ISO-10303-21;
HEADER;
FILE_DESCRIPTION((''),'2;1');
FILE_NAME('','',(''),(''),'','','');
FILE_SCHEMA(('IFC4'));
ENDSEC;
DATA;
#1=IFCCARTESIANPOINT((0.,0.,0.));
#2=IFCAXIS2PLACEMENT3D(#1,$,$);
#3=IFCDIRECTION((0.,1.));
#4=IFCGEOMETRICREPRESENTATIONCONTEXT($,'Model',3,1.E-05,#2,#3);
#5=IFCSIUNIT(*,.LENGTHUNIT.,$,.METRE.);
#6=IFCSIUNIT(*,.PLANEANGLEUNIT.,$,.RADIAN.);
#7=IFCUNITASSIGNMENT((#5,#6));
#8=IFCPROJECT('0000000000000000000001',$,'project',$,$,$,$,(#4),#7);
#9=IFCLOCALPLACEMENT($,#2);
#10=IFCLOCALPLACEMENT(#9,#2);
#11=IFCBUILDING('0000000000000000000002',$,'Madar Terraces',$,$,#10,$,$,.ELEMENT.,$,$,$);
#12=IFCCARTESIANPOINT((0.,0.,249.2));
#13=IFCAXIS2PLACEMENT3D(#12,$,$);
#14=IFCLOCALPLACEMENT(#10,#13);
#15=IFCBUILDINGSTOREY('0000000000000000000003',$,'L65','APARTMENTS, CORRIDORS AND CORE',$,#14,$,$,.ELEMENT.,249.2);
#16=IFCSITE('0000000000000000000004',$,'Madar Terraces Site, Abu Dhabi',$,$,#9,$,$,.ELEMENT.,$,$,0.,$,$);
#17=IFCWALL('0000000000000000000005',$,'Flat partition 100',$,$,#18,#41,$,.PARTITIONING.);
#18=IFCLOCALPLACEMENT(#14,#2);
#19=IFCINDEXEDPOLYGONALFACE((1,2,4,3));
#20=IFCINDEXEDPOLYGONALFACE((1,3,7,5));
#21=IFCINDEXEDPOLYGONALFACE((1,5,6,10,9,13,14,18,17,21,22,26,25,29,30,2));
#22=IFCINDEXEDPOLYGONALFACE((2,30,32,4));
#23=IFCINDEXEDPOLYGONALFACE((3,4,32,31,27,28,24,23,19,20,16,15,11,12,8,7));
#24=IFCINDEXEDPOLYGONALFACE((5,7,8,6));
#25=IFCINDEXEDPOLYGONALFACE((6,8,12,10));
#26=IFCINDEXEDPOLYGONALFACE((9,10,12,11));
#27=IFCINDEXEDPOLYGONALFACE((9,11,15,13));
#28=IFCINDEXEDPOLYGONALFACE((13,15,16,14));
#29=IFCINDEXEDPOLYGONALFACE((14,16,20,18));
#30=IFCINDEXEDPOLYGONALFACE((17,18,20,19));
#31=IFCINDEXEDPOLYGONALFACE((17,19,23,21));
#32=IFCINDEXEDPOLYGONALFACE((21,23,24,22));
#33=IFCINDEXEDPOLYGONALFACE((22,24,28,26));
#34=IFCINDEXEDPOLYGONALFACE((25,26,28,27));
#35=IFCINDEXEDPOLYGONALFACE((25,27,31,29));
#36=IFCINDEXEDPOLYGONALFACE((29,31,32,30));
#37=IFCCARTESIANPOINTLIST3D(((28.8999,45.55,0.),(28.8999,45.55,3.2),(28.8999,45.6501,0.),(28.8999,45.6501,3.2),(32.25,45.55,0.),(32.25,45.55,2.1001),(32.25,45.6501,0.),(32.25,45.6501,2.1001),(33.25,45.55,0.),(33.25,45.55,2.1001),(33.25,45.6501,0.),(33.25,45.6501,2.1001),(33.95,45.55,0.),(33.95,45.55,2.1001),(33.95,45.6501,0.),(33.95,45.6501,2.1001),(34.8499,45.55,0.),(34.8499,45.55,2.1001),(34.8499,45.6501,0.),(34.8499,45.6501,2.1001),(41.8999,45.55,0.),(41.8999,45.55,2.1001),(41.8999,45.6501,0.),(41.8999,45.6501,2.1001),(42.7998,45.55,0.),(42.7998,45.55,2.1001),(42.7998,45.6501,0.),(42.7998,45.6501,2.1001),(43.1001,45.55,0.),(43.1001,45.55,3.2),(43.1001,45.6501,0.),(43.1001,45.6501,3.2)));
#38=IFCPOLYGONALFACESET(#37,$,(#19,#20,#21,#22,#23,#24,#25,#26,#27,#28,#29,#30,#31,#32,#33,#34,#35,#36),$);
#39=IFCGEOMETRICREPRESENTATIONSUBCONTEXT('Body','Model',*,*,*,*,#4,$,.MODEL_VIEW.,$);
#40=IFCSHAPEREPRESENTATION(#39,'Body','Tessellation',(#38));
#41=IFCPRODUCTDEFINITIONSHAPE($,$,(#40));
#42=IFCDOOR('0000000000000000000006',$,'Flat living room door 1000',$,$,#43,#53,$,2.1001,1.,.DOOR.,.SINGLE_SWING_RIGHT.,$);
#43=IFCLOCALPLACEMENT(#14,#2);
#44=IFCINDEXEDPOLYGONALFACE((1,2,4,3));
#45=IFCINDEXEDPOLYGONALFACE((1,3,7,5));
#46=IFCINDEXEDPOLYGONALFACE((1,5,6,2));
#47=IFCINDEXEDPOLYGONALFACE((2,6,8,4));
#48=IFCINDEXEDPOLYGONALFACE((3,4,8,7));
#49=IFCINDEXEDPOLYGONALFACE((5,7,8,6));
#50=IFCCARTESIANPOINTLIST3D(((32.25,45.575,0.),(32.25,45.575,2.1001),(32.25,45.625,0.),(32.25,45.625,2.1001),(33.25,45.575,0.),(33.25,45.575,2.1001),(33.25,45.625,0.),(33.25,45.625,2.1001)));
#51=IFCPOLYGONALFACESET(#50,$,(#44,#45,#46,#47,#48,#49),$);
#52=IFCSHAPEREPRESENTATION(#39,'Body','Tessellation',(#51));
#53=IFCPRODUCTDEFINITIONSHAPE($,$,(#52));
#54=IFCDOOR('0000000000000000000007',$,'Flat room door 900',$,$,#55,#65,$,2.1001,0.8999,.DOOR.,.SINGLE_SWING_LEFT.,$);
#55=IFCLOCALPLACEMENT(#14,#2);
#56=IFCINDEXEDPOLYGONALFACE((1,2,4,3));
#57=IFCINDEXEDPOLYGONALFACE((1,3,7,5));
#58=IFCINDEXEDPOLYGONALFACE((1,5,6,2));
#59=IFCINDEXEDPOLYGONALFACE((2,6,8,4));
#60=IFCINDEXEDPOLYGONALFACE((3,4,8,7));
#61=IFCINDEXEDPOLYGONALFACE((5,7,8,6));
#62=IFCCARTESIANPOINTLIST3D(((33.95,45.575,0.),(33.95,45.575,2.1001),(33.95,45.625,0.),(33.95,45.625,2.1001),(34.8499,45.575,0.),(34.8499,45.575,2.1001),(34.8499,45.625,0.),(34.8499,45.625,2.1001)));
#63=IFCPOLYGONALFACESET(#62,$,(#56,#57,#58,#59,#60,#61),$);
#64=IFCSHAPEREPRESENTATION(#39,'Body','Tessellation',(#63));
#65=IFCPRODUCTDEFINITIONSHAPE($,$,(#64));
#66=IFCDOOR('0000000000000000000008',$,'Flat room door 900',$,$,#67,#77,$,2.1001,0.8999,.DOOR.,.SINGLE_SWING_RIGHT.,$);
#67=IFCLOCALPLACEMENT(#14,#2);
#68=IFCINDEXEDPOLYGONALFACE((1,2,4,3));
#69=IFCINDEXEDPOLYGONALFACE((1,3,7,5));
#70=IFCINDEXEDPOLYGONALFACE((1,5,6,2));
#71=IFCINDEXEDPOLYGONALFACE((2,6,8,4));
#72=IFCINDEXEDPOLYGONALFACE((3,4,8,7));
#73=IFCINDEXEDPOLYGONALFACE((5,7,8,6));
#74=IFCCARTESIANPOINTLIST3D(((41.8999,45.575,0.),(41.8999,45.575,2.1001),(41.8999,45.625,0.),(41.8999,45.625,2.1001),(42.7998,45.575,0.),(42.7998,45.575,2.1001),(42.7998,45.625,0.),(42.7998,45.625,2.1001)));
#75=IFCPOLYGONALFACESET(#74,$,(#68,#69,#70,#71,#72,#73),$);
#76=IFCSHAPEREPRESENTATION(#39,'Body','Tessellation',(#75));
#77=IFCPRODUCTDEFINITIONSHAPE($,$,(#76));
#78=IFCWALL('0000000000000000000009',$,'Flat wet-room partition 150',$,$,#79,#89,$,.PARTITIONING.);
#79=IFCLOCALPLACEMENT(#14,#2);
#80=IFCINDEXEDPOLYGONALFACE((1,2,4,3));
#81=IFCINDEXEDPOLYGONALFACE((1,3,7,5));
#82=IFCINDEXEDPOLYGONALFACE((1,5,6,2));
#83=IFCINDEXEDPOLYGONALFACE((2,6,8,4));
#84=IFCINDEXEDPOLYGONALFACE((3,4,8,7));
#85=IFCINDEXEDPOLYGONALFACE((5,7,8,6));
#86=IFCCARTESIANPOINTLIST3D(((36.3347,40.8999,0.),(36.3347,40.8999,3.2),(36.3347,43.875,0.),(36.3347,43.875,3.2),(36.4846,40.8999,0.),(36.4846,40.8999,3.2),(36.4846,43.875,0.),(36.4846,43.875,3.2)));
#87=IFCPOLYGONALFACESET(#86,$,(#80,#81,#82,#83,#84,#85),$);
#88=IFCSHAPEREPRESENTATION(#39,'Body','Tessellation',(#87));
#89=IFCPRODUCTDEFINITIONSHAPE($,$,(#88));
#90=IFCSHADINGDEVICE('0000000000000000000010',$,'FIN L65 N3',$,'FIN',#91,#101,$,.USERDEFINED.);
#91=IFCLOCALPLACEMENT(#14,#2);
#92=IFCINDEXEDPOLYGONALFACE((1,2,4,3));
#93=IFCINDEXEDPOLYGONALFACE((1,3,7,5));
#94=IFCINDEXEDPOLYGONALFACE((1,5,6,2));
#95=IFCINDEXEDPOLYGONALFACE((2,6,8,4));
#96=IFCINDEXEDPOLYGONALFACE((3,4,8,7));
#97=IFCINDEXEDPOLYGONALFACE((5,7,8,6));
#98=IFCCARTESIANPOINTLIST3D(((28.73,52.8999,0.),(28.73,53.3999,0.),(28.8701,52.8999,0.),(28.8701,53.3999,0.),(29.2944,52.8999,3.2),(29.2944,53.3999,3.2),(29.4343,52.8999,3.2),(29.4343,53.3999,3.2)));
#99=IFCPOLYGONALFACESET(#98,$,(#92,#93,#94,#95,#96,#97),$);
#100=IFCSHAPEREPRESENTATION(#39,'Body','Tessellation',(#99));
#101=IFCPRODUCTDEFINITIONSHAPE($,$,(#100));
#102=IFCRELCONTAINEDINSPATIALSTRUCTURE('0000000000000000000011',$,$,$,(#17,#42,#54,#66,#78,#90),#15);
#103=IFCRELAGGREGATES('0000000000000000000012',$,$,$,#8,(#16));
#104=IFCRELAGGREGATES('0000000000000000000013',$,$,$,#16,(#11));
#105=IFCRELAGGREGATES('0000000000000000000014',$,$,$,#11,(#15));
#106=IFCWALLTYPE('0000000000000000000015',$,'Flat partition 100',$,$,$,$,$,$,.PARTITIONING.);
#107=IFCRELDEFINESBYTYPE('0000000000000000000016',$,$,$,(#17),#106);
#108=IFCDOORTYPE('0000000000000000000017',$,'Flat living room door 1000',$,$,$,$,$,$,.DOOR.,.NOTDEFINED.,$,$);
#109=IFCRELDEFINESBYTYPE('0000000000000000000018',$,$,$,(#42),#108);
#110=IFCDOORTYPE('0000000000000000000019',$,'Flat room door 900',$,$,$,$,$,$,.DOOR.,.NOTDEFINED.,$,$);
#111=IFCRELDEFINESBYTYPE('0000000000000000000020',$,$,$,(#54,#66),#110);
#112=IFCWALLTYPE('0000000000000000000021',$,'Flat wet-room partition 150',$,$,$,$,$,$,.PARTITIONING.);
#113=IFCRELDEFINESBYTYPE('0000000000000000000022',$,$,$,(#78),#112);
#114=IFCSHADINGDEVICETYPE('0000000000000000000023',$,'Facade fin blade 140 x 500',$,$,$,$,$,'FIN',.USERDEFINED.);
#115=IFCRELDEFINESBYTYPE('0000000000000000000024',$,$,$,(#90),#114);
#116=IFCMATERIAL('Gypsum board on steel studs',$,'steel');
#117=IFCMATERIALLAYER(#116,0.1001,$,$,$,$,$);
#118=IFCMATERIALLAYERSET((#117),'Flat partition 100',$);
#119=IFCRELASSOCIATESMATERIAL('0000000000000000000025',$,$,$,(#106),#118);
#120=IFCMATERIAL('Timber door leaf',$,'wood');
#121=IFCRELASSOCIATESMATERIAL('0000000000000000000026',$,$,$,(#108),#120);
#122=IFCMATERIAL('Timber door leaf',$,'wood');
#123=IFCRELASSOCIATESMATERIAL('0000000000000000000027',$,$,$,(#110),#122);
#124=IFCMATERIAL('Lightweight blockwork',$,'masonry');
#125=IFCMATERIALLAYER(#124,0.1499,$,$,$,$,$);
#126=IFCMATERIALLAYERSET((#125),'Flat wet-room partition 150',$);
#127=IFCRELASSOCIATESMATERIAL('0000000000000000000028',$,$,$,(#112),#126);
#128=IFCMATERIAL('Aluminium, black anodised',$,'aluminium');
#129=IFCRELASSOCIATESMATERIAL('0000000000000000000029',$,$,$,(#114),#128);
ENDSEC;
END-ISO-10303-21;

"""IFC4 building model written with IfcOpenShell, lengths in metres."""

from ifc_helpers import new_model, si_unit, direction, frame, frame_2d, origin, place, context, subcontext, project, spatial, polyline, rectangle, outline, extrude, material, layer, layer_set, type_object, element, fill, save


model = new_model("IFC4")

# Units and contexts
model_context = context("Model", 3, precision=1e-05, world=origin(), true_north=direction((0.0, 1.0)))
body_context = subcontext(model_context, "Body", "Model", "MODEL_VIEW")
ifc_project = project(units=[si_unit("LENGTHUNIT", "METRE"), si_unit("PLANEANGLEUNIT", "RADIAN")], contexts=[model_context])

# Site, building, storey
site_placement = place(None, origin())
site = spatial("IfcSite", under=ifc_project, at=site_placement, Name="Madar Terraces Site, Abu Dhabi", CompositionType="ELEMENT", RefElevation=0.0)
building_placement = place(site_placement, origin())
building = spatial("IfcBuilding", under=site, at=building_placement, Name="Madar Terraces", CompositionType="ELEMENT")
storey_placement = place(building_placement, frame((0.0, 0.0, 249.2)))
storey = spatial("IfcBuildingStorey", under=building, at=storey_placement, Name="L65", Description="APARTMENTS, CORRIDORS AND CORE", CompositionType="ELEMENT", Elevation=249.2)

# Shared definitions
ifc_material_1 = material(Name="Gypsum board on steel studs", Category="steel")
ifc_layer_1 = layer(ifc_material_1, 0.1001)
ifc_layer_set_1 = layer_set([ifc_layer_1], Name="Flat partition 100")
wall_type_1 = type_object("IfcWallType", Name="Flat partition 100", PredefinedType="PARTITIONING", material=ifc_layer_set_1)

# Wall, openings, doors
wall_1_placement = place(storey_placement, frame((28.8999, 45.6001, 0.0), z_axis=(0.0, 0.0, 1.0), x_axis=(1.0, 0.0, 0.0)))
wall_1 = element("IfcWall", 1, at=wall_1_placement, inside=storey, type_object=wall_type_1, Name="Flat partition 100", PredefinedType="PARTITIONING", context=body_context, shape_type="SweptSolid", body=[
    extrude(rectangle(XDim=14.2002, YDim=0.1001, at=frame_2d((7.1001, 0.0))), origin(), (0.0, 0.0, 1.0), 3.2),
])
opening_1_placement = place(wall_1_placement, frame((3.3501, 0.0, 0.0)))
opening_1 = element("IfcOpeningElement", 2, at=opening_1_placement, cuts=wall_1, PredefinedType="OPENING", context=body_context, shape_type="SweptSolid", body=[
    extrude(rectangle(XDim=1.0, YDim=2.1001, at=frame_2d((0.5, 1.05))), frame((0.0, 0.0601, 0.0), z_axis=(0.0, -1.0, 0.0), x_axis=(1.0, 0.0, 0.0)), (0.0, 0.0, 1.0), 0.1201),
])
opening_2_placement = place(wall_1_placement, frame((5.05, 0.0, 0.0)))
opening_2 = element("IfcOpeningElement", 3, at=opening_2_placement, cuts=wall_1, PredefinedType="OPENING", context=body_context, shape_type="SweptSolid", body=[
    extrude(rectangle(XDim=0.8999, YDim=2.1001, at=frame_2d((0.45, 1.05))), frame((0.0, 0.0601, 0.0), z_axis=(0.0, -1.0, 0.0), x_axis=(1.0, 0.0, 0.0)), (0.0, 0.0, 1.0), 0.1201),
])
opening_3_placement = place(wall_1_placement, frame((13.0, 0.0, 0.0)))
opening_3 = element("IfcOpeningElement", 4, at=opening_3_placement, cuts=wall_1, PredefinedType="OPENING", context=body_context, shape_type="SweptSolid", body=[
    extrude(rectangle(XDim=0.8999, YDim=2.1001, at=frame_2d((0.45, 1.05))), frame((0.0, 0.0601, 0.0), z_axis=(0.0, -1.0, 0.0), x_axis=(1.0, 0.0, 0.0)), (0.0, 0.0, 1.0), 0.1201),
])
ifc_material_2 = material(Name="Timber door leaf", Category="wood")
door_type_1 = type_object("IfcDoorType", Name="Flat living room door 1000", OperationType="NOTDEFINED", PredefinedType="DOOR", material=ifc_material_2)
door_1_placement = place(opening_1_placement, origin())
door_1 = element("IfcDoor", 5, at=door_1_placement, inside=storey, type_object=door_type_1, Name="Flat living room door 1000", OperationType="SINGLE_SWING_RIGHT", OverallHeight=2.1001, OverallWidth=1.0, PredefinedType="DOOR", context=body_context, shape_type="SweptSolid", body=[
    extrude(rectangle(XDim=1.0, YDim=2.1001, at=frame_2d((0.5, 1.05))), frame((0.0, 0.0249, 0.0), z_axis=(0.0, -1.0, 0.0), x_axis=(1.0, 0.0, 0.0)), (0.0, 0.0, 1.0), 0.05),
])
fill(opening_1, door_1)
ifc_material_3 = material(Name="Timber door leaf", Category="wood")
door_type_2 = type_object("IfcDoorType", Name="Flat room door 900", OperationType="NOTDEFINED", PredefinedType="DOOR", material=ifc_material_3)
door_2_placement = place(opening_2_placement, origin())
door_2 = element("IfcDoor", 6, at=door_2_placement, inside=storey, type_object=door_type_2, Name="Flat room door 900", OperationType="SINGLE_SWING_LEFT", OverallHeight=2.1001, OverallWidth=0.8999, PredefinedType="DOOR", context=body_context, shape_type="SweptSolid", body=[
    extrude(rectangle(XDim=0.8999, YDim=2.1001, at=frame_2d((0.45, 1.05))), frame((0.0, 0.0249, 0.0), z_axis=(0.0, -1.0, 0.0), x_axis=(1.0, 0.0, 0.0)), (0.0, 0.0, 1.0), 0.05),
])
fill(opening_2, door_2)
door_3_placement = place(opening_3_placement, origin())
door_3 = element("IfcDoor", 7, at=door_3_placement, inside=storey, type_object=door_type_2, Name="Flat room door 900", OperationType="SINGLE_SWING_RIGHT", OverallHeight=2.1001, OverallWidth=0.8999, PredefinedType="DOOR", context=body_context, shape_type="SweptSolid", body=[
    extrude(rectangle(XDim=0.8999, YDim=2.1001, at=frame_2d((0.45, 1.05))), frame((0.0, 0.0249, 0.0), z_axis=(0.0, -1.0, 0.0), x_axis=(1.0, 0.0, 0.0)), (0.0, 0.0, 1.0), 0.05),
])
fill(opening_3, door_3)

# Wall
ifc_material_4 = material(Name="Lightweight blockwork", Category="masonry")
ifc_layer_2 = layer(ifc_material_4, 0.1499)
ifc_layer_set_2 = layer_set([ifc_layer_2], Name="Flat wet-room partition 150")
wall_type_2 = type_object("IfcWallType", Name="Flat wet-room partition 150", PredefinedType="PARTITIONING", material=ifc_layer_set_2)
wall_2_placement = place(storey_placement, frame((36.4097, 40.8999, 0.0), z_axis=(0.0, 0.0, 1.0), x_axis=(0.0, 1.0, 0.0)))
element("IfcWall", 8, at=wall_2_placement, inside=storey, type_object=wall_type_2, Name="Flat wet-room partition 150", PredefinedType="PARTITIONING", context=body_context, shape_type="SweptSolid", body=[
    extrude(rectangle(XDim=2.9751, YDim=0.1499, at=frame_2d((1.4875, 0.0))), origin(), (0.0, 0.0, 1.0), 3.2),
])

# Shading device
ifc_material_5 = material(Name="Aluminium, black anodised", Category="aluminium")
shading_device_type = type_object("IfcShadingDeviceType", Name="Facade fin blade 140 x 500", ElementType="FIN", PredefinedType="USERDEFINED", material=ifc_material_5)
shading_device_placement = place(storey_placement, frame((28.8701, 53.1499, 0.0), z_axis=(0.0, 0.0, 1.0), x_axis=(-1.0, 0.0, 0.0)))
element("IfcShadingDevice", 9, at=shading_device_placement, inside=storey, type_object=shading_device_type, Name="FIN L65 N3", ObjectType="FIN", PredefinedType="USERDEFINED", context=body_context, shape_type="SweptSolid", body=[
    extrude(outline(polyline([(0.0, 0.0), (0.1401, 0.0), (-0.4243, 3.2), (-0.5642, 3.2), (0.0, 0.0)])), frame((0.0, 0.25, 0.0), z_axis=(0.0, -1.0, 0.0), x_axis=(1.0, 0.0, 0.0)), (0.0, 0.0, 1.0), 0.5),
])

save(model, "model.ifc")
